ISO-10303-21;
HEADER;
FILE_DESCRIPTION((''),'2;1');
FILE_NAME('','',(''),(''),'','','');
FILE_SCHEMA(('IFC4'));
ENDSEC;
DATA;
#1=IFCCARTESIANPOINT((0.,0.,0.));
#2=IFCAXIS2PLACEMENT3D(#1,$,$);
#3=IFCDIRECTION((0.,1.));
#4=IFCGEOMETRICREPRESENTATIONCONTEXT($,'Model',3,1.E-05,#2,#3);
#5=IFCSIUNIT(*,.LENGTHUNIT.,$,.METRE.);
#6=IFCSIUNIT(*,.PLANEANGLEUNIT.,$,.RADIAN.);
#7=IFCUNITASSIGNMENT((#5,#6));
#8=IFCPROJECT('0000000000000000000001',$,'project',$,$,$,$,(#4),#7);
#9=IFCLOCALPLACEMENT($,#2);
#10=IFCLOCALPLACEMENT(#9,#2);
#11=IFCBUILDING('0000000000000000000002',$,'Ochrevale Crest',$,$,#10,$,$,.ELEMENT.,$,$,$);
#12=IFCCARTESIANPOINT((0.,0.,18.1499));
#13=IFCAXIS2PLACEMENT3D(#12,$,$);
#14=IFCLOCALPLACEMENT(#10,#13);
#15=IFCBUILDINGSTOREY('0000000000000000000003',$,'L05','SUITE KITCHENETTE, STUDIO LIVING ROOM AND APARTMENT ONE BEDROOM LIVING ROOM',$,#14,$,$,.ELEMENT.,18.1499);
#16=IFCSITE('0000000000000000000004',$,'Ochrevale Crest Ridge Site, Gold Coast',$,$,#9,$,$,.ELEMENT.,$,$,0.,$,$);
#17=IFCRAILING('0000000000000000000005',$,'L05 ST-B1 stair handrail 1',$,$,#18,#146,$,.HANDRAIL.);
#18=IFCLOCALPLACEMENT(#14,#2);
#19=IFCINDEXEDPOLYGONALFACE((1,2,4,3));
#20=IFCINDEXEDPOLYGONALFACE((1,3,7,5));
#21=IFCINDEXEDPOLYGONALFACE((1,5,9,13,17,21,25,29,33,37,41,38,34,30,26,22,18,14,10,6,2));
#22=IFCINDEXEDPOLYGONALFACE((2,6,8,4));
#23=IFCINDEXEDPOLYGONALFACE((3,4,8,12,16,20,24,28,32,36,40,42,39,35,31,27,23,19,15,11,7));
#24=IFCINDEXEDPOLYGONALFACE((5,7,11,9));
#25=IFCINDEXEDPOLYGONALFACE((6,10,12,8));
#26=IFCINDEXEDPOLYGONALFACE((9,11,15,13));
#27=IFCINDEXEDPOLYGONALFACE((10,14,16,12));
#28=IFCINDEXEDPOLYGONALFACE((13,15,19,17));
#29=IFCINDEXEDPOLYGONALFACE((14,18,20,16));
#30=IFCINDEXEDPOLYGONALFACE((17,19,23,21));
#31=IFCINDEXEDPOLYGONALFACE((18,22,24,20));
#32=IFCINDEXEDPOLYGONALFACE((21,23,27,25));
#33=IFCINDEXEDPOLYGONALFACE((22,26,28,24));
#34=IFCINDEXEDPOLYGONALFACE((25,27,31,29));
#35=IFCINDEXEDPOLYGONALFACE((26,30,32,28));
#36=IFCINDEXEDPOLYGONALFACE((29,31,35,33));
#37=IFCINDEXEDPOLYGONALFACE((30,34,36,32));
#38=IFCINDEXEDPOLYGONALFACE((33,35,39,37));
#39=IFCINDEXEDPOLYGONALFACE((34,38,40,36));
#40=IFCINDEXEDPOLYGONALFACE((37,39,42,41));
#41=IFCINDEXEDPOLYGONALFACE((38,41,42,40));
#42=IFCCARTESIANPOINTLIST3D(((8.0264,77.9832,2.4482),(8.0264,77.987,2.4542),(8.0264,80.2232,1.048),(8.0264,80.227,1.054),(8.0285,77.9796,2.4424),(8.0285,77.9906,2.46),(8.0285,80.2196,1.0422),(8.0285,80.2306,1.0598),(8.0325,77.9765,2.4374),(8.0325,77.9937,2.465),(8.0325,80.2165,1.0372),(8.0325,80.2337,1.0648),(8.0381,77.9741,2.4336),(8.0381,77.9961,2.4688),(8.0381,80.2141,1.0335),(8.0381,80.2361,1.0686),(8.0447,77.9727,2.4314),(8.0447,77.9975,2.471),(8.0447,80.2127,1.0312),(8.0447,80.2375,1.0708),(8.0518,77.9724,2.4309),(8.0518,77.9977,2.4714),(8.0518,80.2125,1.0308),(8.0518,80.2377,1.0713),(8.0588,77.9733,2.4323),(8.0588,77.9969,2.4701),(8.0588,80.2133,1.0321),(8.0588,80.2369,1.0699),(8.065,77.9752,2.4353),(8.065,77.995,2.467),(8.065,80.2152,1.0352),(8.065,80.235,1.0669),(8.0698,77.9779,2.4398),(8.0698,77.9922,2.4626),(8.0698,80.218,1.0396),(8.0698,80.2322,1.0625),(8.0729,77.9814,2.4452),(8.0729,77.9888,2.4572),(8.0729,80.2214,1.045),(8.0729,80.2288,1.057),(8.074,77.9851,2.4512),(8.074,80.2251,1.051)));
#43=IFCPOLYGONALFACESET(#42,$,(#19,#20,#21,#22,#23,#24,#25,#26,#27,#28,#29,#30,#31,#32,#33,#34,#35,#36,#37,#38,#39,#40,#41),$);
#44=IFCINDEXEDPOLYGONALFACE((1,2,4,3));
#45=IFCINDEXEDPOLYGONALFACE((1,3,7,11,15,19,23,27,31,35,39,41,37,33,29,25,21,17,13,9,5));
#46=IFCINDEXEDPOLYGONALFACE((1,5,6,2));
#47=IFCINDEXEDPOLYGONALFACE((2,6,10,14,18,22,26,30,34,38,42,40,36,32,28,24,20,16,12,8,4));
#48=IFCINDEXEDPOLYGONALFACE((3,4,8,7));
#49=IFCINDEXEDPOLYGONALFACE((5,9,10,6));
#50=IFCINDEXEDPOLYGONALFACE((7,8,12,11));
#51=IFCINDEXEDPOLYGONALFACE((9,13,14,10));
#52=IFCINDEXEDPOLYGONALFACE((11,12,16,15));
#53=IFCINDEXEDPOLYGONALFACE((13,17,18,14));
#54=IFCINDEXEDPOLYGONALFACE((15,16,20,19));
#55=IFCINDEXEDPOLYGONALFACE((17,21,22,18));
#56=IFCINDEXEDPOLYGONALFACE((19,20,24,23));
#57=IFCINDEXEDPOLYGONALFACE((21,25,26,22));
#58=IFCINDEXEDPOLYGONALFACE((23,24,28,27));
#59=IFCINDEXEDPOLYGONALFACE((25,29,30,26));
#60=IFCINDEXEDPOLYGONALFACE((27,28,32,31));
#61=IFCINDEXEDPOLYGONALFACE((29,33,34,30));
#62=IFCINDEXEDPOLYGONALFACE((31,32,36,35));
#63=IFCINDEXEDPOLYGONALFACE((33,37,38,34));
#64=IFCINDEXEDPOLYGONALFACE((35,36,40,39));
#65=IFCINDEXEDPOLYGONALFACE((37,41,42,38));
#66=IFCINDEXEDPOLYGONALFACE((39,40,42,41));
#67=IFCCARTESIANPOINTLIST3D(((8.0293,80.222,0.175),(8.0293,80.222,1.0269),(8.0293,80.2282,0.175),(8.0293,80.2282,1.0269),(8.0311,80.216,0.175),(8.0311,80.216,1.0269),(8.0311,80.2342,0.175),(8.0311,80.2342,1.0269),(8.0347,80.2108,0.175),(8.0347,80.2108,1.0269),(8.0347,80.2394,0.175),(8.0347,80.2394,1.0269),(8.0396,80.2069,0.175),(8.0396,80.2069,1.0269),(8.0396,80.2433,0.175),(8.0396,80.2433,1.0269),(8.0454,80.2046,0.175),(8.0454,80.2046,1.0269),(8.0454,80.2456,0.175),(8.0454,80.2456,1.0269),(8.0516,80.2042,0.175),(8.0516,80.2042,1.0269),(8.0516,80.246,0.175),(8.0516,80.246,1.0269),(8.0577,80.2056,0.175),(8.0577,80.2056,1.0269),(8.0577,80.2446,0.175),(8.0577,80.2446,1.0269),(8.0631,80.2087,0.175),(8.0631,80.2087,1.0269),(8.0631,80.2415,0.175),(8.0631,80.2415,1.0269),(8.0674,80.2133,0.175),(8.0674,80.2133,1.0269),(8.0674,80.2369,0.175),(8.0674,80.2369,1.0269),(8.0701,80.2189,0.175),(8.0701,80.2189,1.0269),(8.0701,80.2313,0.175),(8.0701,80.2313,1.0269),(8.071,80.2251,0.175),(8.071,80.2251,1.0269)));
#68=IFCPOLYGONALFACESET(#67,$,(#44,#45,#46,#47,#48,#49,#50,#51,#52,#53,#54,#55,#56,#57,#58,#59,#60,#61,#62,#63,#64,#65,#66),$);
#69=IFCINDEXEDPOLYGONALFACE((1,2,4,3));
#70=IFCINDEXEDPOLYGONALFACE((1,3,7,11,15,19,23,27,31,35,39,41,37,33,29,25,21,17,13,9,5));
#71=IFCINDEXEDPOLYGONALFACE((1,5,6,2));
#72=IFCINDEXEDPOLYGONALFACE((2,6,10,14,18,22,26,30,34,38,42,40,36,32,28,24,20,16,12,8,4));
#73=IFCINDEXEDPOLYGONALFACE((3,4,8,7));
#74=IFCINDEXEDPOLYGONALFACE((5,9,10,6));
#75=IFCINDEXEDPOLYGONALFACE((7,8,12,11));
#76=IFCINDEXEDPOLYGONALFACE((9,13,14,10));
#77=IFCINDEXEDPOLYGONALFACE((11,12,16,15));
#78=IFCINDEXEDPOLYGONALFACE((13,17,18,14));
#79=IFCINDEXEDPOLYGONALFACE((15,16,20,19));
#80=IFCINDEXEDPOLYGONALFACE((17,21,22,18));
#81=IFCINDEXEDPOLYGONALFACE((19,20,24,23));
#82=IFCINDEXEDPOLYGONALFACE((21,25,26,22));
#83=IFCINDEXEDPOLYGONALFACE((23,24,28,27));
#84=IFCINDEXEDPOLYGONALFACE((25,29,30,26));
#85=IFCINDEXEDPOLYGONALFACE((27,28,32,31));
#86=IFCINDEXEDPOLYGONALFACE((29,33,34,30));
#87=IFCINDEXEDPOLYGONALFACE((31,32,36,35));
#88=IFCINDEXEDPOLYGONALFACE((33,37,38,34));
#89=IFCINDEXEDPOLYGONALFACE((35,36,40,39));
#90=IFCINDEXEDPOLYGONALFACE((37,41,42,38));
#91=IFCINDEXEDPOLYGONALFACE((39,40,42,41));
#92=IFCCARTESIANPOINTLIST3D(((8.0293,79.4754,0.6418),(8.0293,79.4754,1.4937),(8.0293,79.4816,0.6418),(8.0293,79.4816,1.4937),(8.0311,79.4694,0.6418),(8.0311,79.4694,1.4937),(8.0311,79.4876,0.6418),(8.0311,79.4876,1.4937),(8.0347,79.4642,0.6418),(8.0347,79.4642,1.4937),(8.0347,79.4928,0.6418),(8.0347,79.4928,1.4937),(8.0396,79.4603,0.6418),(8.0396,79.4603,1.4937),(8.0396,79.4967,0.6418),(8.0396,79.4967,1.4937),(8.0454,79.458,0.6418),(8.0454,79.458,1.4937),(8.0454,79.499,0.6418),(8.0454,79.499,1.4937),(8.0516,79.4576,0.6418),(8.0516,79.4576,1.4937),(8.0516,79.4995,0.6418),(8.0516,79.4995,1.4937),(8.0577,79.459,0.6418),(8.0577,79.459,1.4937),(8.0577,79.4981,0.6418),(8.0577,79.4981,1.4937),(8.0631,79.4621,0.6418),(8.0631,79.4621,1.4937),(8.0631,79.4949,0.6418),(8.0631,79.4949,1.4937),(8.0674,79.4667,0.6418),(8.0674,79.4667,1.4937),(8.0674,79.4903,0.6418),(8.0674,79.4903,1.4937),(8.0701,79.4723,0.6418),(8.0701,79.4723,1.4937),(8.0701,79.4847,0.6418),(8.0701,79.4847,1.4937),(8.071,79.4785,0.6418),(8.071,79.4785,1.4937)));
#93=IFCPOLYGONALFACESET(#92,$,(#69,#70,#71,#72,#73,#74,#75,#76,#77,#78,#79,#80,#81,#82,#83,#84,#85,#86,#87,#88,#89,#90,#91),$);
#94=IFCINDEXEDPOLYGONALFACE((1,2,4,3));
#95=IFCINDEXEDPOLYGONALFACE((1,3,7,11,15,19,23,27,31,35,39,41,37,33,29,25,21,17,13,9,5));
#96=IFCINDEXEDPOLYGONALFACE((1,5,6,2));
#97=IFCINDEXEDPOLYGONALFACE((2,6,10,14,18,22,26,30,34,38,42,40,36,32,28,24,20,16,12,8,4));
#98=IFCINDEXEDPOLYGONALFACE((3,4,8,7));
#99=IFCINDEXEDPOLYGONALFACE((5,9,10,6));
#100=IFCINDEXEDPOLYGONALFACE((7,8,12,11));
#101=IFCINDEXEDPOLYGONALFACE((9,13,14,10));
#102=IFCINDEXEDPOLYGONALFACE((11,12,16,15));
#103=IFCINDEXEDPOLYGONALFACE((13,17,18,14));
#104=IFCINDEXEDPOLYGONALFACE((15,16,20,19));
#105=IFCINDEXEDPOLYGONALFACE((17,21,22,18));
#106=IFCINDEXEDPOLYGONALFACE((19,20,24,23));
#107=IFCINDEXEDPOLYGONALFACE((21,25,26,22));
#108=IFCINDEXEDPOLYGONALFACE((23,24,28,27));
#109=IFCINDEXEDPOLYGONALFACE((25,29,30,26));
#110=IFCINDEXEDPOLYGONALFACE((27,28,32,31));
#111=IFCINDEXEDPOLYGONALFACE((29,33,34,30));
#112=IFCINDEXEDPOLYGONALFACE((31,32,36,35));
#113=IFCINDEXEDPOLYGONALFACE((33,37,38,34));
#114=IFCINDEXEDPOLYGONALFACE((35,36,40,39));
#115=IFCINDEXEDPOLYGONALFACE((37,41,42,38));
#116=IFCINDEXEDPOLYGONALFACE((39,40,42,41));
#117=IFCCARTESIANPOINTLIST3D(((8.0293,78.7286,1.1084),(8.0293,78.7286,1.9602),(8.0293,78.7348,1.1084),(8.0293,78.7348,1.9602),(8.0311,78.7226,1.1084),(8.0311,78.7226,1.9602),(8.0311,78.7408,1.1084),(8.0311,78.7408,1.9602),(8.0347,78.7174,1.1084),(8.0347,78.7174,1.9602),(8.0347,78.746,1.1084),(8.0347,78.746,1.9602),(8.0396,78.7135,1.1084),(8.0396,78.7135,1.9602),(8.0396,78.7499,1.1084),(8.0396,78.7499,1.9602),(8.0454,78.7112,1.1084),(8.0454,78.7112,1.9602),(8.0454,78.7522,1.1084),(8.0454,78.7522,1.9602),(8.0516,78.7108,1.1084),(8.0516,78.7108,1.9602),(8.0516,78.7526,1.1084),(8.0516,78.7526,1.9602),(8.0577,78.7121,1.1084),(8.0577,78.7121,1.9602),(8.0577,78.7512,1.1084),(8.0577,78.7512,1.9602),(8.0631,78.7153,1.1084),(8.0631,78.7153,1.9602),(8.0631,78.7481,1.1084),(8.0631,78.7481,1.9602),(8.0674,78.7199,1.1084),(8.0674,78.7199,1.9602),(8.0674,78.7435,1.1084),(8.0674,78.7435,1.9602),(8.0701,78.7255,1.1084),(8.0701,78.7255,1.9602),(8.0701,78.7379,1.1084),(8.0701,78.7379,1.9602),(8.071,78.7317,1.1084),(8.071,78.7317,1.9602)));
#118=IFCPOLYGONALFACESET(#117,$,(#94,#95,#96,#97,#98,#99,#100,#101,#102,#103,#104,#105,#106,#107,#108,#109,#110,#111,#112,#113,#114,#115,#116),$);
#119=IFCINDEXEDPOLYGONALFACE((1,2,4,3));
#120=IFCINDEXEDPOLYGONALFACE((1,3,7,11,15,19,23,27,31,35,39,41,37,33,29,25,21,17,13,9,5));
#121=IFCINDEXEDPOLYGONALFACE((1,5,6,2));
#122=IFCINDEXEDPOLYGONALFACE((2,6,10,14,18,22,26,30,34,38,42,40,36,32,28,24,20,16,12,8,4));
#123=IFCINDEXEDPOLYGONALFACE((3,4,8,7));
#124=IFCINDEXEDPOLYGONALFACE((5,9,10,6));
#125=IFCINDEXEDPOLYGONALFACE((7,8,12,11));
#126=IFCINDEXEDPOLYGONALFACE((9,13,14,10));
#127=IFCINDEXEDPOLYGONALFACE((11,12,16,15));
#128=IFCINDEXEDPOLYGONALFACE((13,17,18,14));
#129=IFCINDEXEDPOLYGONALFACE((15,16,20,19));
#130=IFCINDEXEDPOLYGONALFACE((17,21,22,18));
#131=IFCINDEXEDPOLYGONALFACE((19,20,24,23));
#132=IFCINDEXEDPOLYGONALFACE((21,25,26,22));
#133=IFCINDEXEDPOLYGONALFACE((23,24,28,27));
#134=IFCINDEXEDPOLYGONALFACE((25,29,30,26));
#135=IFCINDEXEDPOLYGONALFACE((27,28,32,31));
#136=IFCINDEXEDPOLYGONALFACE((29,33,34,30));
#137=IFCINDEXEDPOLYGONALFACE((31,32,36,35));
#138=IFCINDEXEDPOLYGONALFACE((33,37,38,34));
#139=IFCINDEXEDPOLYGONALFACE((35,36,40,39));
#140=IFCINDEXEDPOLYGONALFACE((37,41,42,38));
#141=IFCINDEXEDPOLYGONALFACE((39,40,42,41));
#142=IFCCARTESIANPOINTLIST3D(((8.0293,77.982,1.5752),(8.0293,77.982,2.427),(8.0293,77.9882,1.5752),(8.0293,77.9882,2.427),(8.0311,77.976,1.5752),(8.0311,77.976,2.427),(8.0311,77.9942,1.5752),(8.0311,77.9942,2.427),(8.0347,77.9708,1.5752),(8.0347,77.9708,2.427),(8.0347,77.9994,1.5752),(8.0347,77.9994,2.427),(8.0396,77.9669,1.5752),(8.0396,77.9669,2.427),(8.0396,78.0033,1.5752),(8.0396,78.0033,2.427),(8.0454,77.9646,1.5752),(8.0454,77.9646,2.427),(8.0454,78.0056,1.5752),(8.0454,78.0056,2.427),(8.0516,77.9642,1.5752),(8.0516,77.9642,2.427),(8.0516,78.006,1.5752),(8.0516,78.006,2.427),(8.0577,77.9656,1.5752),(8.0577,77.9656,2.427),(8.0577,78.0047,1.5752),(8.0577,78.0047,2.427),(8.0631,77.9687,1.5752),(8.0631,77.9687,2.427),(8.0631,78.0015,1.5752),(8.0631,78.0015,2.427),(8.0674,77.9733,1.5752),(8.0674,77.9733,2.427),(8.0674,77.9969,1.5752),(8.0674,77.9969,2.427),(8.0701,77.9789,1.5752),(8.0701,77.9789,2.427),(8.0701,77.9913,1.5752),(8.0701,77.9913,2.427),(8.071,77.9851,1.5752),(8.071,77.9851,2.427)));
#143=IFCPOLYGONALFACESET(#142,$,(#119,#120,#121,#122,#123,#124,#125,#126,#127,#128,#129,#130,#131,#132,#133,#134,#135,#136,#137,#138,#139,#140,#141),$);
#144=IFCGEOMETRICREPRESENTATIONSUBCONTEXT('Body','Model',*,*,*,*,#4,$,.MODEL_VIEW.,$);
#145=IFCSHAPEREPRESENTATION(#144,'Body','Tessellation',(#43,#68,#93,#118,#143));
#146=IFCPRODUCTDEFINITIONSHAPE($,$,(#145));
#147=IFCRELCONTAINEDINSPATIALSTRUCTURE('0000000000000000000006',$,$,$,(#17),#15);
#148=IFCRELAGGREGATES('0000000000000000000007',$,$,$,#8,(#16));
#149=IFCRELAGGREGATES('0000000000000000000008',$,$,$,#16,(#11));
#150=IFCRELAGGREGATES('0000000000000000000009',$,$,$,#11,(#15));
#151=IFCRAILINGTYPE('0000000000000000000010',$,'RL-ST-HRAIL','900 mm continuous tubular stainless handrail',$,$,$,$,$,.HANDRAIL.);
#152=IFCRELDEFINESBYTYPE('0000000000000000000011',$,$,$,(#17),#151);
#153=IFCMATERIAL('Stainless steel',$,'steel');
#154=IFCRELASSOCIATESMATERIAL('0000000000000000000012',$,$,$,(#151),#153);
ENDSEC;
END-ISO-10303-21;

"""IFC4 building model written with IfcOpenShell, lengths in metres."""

from ifc_helpers import new_model, si_unit, direction, frame, origin, origin_2d, place, context, subcontext, project, spatial, circle, extrude, material, type_object, element, save


model = new_model("IFC4")

# Units and contexts
model_context = context("Model", 3, precision=1e-05, world=origin(), true_north=direction((0.0, 1.0)))
body_context = subcontext(model_context, "Body", "Model", "MODEL_VIEW")
ifc_project = project(units=[si_unit("LENGTHUNIT", "METRE"), si_unit("PLANEANGLEUNIT", "RADIAN")], contexts=[model_context])

# Site, building, storey
site_placement = place(None, origin())
site = spatial("IfcSite", under=ifc_project, at=site_placement, Name="Ochrevale Crest Ridge Site, Gold Coast", CompositionType="ELEMENT", RefElevation=0.0)
building_placement = place(site_placement, origin())
building = spatial("IfcBuilding", under=site, at=building_placement, Name="Ochrevale Crest", CompositionType="ELEMENT")
storey_placement = place(building_placement, frame((0.0, 0.0, 18.1499)))
storey = spatial("IfcBuildingStorey", under=building, at=storey_placement, Name="L05", Description="SUITE KITCHENETTE, STUDIO LIVING ROOM AND APARTMENT ONE BEDROOM LIVING ROOM", CompositionType="ELEMENT", Elevation=18.1499)

# Railing
ifc_material_1 = material(Name="Stainless steel", Category="steel")
railing_type_1 = type_object("IfcRailingType", Name="RL-ST-HRAIL", Description="900 mm continuous tubular stainless handrail", PredefinedType="HANDRAIL", material=ifc_material_1)
railing_1_placement = place(storey_placement, frame((8.05, 80.2251, 0.175)))
element("IfcRailing", 1, at=railing_1_placement, inside=storey, type_object=railing_type_1, Name="L05 ST-B1 stair handrail 1", PredefinedType="HANDRAIL", context=body_context, shape_type="SweptSolid", body=[
    extrude(circle(Radius=0.0239, at=origin_2d()), frame((0.0, 0.0, 0.876), z_axis=(0.0, -0.847972, 0.53004), x_axis=(1.0, 0.0, 0.0)), (0.0, 0.0, 1.0), 2.6416),
    extrude(circle(Radius=0.021, at=origin_2d()), origin(), (0.0, 0.0, 1.0), 0.8518),
    extrude(circle(Radius=0.021, at=origin_2d()), frame((0.0, -0.7466, 0.4668)), (0.0, 0.0, 1.0), 0.8518),
    extrude(circle(Radius=0.021, at=origin_2d()), frame((0.0, -1.4934, 0.9333)), (0.0, 0.0, 1.0), 0.8518),
    extrude(circle(Radius=0.021, at=origin_2d()), frame((0.0, -2.24, 1.4001)), (0.0, 0.0, 1.0), 0.8518),
])

save(model, "model.ifc")
